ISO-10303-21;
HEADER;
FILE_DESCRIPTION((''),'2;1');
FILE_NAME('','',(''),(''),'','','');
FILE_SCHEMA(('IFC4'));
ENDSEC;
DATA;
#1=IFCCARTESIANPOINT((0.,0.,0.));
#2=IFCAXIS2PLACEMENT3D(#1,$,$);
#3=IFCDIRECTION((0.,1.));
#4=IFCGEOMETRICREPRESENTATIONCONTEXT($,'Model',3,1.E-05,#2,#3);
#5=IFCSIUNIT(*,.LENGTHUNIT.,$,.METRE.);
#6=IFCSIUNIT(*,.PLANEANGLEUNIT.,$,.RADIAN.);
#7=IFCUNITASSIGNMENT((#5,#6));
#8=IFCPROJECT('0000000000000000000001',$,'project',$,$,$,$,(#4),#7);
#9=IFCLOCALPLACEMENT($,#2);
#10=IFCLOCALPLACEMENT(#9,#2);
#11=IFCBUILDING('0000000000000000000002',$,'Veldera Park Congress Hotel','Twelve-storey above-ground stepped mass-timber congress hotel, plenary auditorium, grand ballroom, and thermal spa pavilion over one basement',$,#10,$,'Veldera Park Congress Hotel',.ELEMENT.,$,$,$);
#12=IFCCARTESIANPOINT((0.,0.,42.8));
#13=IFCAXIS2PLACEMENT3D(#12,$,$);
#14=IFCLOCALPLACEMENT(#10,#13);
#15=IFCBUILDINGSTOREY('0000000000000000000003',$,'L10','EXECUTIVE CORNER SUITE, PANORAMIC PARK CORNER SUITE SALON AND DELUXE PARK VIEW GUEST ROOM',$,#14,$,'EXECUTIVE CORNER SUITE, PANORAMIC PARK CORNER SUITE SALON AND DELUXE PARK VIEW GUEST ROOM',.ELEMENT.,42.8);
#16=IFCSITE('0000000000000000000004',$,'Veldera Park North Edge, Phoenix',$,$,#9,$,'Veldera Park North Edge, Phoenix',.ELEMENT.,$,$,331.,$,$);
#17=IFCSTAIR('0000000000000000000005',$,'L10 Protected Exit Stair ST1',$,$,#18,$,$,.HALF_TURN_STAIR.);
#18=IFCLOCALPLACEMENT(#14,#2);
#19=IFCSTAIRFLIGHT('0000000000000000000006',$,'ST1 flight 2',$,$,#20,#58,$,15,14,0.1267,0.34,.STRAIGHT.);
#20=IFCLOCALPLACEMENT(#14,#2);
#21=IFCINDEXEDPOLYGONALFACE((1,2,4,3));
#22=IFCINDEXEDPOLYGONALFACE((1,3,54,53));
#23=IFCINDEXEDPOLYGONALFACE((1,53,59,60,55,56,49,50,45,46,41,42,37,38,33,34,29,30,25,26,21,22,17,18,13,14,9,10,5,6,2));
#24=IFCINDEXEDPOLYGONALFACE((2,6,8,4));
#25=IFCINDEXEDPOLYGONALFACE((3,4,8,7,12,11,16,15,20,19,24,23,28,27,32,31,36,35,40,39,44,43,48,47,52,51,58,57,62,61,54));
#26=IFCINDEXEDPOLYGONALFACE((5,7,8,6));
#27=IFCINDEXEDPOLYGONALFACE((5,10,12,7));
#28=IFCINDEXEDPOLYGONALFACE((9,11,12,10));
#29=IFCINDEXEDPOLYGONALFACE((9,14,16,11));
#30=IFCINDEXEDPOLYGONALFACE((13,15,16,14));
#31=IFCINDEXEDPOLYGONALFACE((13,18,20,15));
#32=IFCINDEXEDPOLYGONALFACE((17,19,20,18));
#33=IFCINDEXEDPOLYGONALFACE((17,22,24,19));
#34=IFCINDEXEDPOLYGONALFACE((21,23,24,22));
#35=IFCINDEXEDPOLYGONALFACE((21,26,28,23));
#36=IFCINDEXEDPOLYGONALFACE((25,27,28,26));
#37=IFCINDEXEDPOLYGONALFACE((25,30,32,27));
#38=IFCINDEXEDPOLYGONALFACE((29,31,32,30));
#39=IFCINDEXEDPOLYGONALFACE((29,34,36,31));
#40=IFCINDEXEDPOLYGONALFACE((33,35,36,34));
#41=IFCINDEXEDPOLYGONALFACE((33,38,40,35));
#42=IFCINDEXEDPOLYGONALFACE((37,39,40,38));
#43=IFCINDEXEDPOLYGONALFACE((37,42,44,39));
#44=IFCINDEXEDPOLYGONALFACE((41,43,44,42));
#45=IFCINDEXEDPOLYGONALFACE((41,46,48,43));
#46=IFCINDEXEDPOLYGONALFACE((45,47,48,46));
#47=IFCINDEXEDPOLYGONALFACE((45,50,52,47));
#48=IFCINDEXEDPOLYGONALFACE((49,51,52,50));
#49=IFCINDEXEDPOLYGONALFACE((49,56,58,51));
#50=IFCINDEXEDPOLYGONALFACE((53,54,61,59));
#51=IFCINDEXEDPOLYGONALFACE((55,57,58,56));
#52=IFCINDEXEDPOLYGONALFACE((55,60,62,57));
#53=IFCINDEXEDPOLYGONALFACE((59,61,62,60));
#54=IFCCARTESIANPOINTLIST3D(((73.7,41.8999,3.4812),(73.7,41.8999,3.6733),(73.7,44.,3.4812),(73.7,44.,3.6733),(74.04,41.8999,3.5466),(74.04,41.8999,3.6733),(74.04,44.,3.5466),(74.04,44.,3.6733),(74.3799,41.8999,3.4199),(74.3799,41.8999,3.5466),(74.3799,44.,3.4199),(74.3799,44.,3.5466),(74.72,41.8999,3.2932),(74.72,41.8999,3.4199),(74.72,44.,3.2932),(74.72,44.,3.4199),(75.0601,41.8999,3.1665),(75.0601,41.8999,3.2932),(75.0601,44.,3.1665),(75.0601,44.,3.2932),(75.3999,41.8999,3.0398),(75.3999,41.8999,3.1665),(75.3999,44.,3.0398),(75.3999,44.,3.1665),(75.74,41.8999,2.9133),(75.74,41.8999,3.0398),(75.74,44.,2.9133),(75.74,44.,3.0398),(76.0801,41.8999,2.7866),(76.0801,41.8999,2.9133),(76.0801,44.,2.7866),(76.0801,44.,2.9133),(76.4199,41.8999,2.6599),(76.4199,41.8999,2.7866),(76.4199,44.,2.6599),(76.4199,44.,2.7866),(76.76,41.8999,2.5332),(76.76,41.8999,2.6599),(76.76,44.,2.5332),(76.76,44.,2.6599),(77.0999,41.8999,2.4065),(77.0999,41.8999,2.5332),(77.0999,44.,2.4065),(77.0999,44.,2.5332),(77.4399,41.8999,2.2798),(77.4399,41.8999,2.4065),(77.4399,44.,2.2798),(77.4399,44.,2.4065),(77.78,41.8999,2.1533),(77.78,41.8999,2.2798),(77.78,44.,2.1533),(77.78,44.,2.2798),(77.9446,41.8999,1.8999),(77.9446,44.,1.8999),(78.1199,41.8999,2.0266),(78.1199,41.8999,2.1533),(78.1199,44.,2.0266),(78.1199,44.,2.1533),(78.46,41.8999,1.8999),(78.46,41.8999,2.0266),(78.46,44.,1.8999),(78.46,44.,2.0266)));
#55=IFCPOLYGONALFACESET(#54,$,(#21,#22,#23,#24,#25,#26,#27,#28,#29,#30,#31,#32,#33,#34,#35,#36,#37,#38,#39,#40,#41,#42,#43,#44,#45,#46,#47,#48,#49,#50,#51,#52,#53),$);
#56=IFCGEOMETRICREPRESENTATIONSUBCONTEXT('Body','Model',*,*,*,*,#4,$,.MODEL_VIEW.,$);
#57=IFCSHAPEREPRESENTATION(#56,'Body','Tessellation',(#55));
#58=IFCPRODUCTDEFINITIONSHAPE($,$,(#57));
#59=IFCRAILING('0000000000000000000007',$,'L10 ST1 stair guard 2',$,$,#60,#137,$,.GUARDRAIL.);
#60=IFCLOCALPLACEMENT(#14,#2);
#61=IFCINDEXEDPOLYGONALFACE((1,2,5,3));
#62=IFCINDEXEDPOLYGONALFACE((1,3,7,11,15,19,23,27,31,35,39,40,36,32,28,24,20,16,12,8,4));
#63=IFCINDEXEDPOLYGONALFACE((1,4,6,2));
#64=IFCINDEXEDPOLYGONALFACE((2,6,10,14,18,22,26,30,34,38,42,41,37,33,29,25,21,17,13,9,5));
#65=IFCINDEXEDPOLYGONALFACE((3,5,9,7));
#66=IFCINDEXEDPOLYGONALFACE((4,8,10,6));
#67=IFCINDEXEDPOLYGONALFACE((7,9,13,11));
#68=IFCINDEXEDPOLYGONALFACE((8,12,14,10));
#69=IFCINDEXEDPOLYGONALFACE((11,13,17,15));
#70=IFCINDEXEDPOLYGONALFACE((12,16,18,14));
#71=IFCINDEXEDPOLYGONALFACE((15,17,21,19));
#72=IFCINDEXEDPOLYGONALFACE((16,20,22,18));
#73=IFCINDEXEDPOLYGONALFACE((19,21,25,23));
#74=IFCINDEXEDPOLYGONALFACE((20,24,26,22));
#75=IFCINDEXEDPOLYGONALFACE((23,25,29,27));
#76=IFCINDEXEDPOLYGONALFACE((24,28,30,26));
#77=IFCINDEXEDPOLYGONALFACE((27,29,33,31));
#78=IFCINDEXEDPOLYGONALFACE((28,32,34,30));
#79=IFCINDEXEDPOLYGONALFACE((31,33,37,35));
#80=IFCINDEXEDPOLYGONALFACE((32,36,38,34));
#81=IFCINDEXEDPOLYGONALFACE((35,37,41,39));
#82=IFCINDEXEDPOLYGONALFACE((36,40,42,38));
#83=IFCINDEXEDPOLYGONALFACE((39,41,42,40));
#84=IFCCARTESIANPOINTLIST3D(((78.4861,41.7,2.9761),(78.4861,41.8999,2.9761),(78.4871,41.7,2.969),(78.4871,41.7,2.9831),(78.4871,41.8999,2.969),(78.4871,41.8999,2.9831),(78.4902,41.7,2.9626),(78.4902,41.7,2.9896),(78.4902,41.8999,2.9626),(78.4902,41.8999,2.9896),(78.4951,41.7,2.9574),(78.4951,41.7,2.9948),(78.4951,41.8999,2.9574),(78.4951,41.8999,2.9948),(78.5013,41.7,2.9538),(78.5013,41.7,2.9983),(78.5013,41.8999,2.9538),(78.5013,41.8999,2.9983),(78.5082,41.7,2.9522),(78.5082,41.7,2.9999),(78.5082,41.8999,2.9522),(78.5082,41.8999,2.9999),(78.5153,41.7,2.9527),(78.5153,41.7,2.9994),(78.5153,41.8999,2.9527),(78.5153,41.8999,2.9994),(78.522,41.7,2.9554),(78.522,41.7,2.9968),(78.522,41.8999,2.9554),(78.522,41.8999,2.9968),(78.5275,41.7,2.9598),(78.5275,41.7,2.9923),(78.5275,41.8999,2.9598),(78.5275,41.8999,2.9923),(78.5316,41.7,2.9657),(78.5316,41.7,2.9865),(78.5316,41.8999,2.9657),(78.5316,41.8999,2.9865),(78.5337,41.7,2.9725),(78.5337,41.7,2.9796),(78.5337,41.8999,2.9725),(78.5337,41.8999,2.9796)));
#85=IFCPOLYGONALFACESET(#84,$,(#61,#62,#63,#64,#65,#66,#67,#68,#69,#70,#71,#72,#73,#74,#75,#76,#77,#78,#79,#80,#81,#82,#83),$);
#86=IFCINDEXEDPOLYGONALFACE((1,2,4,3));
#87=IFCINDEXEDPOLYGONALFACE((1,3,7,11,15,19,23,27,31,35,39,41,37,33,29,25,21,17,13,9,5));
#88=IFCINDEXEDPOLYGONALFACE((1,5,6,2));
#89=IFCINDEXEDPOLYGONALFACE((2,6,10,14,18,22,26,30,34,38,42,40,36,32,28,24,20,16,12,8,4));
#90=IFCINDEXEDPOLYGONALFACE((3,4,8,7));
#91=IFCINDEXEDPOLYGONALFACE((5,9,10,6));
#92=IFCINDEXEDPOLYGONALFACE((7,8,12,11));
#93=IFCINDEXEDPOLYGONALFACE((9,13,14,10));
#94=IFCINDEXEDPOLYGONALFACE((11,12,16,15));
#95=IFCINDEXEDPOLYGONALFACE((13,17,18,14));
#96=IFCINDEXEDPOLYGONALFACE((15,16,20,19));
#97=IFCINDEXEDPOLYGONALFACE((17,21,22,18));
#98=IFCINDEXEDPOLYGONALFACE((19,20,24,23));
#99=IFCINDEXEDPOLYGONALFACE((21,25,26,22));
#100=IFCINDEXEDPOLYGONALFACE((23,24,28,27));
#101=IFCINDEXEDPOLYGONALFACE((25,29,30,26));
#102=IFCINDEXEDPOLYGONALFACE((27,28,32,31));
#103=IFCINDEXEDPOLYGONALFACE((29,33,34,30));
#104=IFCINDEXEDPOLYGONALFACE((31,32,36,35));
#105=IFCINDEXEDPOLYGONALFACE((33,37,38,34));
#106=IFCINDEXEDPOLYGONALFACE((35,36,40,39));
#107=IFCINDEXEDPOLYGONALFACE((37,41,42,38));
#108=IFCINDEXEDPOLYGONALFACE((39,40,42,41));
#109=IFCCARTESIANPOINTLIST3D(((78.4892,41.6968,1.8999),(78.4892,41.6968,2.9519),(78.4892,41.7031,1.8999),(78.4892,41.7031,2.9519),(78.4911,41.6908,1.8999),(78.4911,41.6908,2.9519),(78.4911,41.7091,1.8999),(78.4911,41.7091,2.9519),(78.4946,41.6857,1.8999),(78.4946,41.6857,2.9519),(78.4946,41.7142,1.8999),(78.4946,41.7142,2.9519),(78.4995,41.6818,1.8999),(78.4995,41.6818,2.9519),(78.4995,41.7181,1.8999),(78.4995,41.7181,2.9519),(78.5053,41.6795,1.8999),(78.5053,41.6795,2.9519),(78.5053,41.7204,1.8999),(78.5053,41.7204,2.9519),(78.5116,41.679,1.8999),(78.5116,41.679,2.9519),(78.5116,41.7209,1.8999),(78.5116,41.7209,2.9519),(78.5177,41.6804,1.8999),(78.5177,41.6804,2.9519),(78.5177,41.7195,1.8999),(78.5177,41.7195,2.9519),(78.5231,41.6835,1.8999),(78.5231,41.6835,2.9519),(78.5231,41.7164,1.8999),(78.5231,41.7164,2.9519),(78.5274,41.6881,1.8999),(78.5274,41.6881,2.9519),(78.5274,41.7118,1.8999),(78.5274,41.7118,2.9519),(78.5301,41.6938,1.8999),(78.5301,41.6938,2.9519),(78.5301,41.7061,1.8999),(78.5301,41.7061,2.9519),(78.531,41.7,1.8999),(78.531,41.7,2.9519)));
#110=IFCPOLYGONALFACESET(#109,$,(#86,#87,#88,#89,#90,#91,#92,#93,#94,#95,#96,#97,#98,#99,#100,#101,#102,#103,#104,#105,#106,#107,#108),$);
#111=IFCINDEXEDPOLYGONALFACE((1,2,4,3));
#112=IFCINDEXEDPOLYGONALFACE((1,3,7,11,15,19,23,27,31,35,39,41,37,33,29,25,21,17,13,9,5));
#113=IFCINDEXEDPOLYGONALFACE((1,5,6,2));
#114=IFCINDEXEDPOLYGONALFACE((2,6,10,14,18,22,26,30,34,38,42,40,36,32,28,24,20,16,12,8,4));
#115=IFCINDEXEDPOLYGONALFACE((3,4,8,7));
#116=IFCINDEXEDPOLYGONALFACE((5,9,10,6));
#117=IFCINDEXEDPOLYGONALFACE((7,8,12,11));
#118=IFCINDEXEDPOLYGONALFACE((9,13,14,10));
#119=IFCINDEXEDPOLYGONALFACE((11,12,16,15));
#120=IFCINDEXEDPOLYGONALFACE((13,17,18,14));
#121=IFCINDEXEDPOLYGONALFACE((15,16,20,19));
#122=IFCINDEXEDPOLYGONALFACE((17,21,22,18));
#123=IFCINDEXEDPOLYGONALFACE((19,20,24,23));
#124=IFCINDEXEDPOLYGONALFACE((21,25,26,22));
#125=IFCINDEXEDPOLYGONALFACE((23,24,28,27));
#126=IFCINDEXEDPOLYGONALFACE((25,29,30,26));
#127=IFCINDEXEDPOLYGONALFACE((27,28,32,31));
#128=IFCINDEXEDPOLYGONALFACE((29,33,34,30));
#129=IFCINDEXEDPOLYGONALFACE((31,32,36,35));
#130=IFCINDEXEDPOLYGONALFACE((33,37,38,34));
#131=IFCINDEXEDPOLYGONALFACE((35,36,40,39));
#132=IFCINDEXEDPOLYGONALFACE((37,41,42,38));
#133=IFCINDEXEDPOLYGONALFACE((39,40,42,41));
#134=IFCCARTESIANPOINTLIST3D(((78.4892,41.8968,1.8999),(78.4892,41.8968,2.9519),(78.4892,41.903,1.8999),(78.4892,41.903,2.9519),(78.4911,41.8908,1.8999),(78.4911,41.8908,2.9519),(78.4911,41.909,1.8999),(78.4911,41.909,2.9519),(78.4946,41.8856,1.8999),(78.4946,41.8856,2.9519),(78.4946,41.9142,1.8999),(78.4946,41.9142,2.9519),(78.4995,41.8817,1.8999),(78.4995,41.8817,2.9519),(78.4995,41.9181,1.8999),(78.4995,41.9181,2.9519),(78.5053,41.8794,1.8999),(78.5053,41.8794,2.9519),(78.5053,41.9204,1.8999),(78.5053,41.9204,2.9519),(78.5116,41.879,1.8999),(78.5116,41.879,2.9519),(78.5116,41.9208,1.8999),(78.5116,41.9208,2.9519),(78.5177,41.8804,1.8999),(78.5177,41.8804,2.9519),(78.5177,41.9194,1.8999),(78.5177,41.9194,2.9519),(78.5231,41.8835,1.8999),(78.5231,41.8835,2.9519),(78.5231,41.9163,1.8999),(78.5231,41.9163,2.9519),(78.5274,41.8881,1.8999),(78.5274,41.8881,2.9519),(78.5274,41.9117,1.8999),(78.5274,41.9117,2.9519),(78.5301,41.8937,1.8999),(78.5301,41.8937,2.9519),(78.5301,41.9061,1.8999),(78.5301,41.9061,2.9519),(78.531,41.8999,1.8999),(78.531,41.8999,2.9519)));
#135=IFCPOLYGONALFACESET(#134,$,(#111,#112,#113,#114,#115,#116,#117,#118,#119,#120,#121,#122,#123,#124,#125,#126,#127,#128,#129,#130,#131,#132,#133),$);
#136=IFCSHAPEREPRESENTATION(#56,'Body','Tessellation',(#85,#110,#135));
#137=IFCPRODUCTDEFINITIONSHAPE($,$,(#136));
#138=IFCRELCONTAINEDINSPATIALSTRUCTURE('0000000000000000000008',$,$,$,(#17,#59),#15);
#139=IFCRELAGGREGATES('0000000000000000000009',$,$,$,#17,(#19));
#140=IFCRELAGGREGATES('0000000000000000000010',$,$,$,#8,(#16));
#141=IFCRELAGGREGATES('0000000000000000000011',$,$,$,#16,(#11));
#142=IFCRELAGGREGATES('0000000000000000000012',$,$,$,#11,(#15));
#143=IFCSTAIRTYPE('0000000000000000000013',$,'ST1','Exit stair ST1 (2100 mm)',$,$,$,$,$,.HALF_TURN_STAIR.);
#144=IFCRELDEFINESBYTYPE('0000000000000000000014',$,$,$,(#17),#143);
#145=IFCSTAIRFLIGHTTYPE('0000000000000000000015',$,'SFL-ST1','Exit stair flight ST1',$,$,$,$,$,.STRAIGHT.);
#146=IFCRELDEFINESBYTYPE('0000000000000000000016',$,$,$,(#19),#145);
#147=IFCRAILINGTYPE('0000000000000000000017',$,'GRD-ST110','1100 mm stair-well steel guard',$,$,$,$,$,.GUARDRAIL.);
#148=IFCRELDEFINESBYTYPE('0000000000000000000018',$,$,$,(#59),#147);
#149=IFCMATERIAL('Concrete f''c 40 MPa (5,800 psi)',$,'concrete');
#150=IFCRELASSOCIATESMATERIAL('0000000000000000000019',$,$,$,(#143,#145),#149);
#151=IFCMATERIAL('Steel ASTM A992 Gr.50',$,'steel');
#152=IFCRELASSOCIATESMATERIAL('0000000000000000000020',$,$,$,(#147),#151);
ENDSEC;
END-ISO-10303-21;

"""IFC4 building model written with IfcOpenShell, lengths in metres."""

from ifc_helpers import new_model, si_unit, direction, frame, origin, origin_2d, place, context, subcontext, project, spatial, polyline, circle, outline, extrude, material, type_object, element, aggregate, save


model = new_model("IFC4")

# Units and contexts
model_context = context("Model", 3, precision=1e-05, world=origin(), true_north=direction((0.0, 1.0)))
body_context = subcontext(model_context, "Body", "Model", "MODEL_VIEW")
ifc_project = project(units=[si_unit("LENGTHUNIT", "METRE"), si_unit("PLANEANGLEUNIT", "RADIAN")], contexts=[model_context])

# Site, building, storey
site_placement = place(None, origin())
site = spatial("IfcSite", under=ifc_project, at=site_placement, Name="Veldera Park North Edge, Phoenix", LongName="Veldera Park North Edge, Phoenix", CompositionType="ELEMENT", RefElevation=331.0)
building_placement = place(site_placement, origin())
building = spatial("IfcBuilding", under=site, at=building_placement, Name="Veldera Park Congress Hotel", Description="Twelve-storey above-ground stepped mass-timber congress hotel, plenary auditorium, grand ballroom, and thermal spa pavilion over one basement", LongName="Veldera Park Congress Hotel", CompositionType="ELEMENT")
storey_placement = place(building_placement, frame((0.0, 0.0, 42.8)))
storey = spatial("IfcBuildingStorey", under=building, at=storey_placement, Name="L10", Description="EXECUTIVE CORNER SUITE, PANORAMIC PARK CORNER SUITE SALON AND DELUXE PARK VIEW GUEST ROOM", LongName="EXECUTIVE CORNER SUITE, PANORAMIC PARK CORNER SUITE SALON AND DELUXE PARK VIEW GUEST ROOM", CompositionType="ELEMENT", Elevation=42.8)

# Shared definitions
ifc_material_1 = material(Name="Concrete f'c 40 MPa (5,800 psi)", Category="concrete")

# Stair, stair flight
stair_type = type_object("IfcStairType", Name="ST1", Description="Exit stair ST1 (2100 mm)", PredefinedType="HALF_TURN_STAIR", material=ifc_material_1)
stair_placement = place(storey_placement, origin())
stair = element("IfcStair", 1, at=stair_placement, inside=storey, type_object=stair_type, Name="L10 Protected Exit Stair ST1", PredefinedType="HALF_TURN_STAIR")
stair_flight_type = type_object("IfcStairFlightType", Name="SFL-ST1", Description="Exit stair flight ST1", PredefinedType="STRAIGHT", material=ifc_material_1)
stair_flight_placement = place(storey_placement, frame((78.46, 42.95, 1.8999), z_axis=(0.0, 0.0, 1.0), x_axis=(-1.0, 0.0, 0.0)))
stair_flight = element("IfcStairFlight", 2, at=stair_flight_placement, type_object=stair_flight_type, Name="ST1 flight 2", NumberOfRisers=15, NumberOfTreads=14, PredefinedType="STRAIGHT", RiserHeight=0.1267, TreadLength=0.34, context=body_context, shape_type="SweptSolid", body=[
    extrude(outline(polyline([(0.0, 0.0), (0.0, 0.1267), (0.3401, 0.1267), (0.3401, 0.2534), (0.6799, 0.2534), (0.6799, 0.3799), (1.02, 0.3799), (1.02, 0.5066), (1.3601, 0.5066), (1.3601, 0.6333), (1.7, 0.6333), (1.7, 0.76), (2.04, 0.76), (2.04, 0.8867), (2.3799, 0.8867), (2.3799, 1.0134), (2.72, 1.0134), (2.72, 1.1399), (3.0601, 1.1399), (3.0601, 1.2666), (3.3999, 1.2666), (3.3999, 1.3933), (3.74, 1.3933), (3.74, 1.52), (4.0801, 1.52), (4.0801, 1.6467), (4.4199, 1.6467), (4.4199, 1.7734), (4.76, 1.7734), (4.76, 1.8999), (4.76, 1.8999), (4.76, 1.5813), (0.5154, 0.0), (0.0, 0.0)])), frame((0.0, 1.05, 0.0), z_axis=(0.0, -1.0, 0.0), x_axis=(1.0, 0.0, 0.0)), (0.0, 0.0, 1.0), 2.1001),
])
aggregate(stair, [stair_flight])

# Railing
ifc_material_2 = material(Name="Steel ASTM A992 Gr.50", Category="steel")
railing_type_1 = type_object("IfcRailingType", Name="GRD-ST110", Description="1100 mm stair-well steel guard", PredefinedType="GUARDRAIL", material=ifc_material_2)
railing_1_placement = place(storey_placement, frame((78.51, 41.7, 1.8999)))
element("IfcRailing", 3, at=railing_1_placement, inside=storey, type_object=railing_type_1, Name="L10 ST1 stair guard 2", PredefinedType="GUARDRAIL", context=body_context, shape_type="SweptSolid", body=[
    extrude(circle(Radius=0.0239, at=origin_2d()), frame((0.0, 0.0, 1.0762), z_axis=(0.0, 1.0, 0.0), x_axis=(-1.0, 0.0, 0.0)), (0.0, 0.0, 1.0), 0.2),
    extrude(circle(Radius=0.021, at=origin_2d()), origin(), (0.0, 0.0, 1.0), 1.052),
    extrude(circle(Radius=0.021, at=origin_2d()), frame((0.0, 0.2, 0.0)), (0.0, 0.0, 1.0), 1.052),
])

save(model, "model.ifc")
